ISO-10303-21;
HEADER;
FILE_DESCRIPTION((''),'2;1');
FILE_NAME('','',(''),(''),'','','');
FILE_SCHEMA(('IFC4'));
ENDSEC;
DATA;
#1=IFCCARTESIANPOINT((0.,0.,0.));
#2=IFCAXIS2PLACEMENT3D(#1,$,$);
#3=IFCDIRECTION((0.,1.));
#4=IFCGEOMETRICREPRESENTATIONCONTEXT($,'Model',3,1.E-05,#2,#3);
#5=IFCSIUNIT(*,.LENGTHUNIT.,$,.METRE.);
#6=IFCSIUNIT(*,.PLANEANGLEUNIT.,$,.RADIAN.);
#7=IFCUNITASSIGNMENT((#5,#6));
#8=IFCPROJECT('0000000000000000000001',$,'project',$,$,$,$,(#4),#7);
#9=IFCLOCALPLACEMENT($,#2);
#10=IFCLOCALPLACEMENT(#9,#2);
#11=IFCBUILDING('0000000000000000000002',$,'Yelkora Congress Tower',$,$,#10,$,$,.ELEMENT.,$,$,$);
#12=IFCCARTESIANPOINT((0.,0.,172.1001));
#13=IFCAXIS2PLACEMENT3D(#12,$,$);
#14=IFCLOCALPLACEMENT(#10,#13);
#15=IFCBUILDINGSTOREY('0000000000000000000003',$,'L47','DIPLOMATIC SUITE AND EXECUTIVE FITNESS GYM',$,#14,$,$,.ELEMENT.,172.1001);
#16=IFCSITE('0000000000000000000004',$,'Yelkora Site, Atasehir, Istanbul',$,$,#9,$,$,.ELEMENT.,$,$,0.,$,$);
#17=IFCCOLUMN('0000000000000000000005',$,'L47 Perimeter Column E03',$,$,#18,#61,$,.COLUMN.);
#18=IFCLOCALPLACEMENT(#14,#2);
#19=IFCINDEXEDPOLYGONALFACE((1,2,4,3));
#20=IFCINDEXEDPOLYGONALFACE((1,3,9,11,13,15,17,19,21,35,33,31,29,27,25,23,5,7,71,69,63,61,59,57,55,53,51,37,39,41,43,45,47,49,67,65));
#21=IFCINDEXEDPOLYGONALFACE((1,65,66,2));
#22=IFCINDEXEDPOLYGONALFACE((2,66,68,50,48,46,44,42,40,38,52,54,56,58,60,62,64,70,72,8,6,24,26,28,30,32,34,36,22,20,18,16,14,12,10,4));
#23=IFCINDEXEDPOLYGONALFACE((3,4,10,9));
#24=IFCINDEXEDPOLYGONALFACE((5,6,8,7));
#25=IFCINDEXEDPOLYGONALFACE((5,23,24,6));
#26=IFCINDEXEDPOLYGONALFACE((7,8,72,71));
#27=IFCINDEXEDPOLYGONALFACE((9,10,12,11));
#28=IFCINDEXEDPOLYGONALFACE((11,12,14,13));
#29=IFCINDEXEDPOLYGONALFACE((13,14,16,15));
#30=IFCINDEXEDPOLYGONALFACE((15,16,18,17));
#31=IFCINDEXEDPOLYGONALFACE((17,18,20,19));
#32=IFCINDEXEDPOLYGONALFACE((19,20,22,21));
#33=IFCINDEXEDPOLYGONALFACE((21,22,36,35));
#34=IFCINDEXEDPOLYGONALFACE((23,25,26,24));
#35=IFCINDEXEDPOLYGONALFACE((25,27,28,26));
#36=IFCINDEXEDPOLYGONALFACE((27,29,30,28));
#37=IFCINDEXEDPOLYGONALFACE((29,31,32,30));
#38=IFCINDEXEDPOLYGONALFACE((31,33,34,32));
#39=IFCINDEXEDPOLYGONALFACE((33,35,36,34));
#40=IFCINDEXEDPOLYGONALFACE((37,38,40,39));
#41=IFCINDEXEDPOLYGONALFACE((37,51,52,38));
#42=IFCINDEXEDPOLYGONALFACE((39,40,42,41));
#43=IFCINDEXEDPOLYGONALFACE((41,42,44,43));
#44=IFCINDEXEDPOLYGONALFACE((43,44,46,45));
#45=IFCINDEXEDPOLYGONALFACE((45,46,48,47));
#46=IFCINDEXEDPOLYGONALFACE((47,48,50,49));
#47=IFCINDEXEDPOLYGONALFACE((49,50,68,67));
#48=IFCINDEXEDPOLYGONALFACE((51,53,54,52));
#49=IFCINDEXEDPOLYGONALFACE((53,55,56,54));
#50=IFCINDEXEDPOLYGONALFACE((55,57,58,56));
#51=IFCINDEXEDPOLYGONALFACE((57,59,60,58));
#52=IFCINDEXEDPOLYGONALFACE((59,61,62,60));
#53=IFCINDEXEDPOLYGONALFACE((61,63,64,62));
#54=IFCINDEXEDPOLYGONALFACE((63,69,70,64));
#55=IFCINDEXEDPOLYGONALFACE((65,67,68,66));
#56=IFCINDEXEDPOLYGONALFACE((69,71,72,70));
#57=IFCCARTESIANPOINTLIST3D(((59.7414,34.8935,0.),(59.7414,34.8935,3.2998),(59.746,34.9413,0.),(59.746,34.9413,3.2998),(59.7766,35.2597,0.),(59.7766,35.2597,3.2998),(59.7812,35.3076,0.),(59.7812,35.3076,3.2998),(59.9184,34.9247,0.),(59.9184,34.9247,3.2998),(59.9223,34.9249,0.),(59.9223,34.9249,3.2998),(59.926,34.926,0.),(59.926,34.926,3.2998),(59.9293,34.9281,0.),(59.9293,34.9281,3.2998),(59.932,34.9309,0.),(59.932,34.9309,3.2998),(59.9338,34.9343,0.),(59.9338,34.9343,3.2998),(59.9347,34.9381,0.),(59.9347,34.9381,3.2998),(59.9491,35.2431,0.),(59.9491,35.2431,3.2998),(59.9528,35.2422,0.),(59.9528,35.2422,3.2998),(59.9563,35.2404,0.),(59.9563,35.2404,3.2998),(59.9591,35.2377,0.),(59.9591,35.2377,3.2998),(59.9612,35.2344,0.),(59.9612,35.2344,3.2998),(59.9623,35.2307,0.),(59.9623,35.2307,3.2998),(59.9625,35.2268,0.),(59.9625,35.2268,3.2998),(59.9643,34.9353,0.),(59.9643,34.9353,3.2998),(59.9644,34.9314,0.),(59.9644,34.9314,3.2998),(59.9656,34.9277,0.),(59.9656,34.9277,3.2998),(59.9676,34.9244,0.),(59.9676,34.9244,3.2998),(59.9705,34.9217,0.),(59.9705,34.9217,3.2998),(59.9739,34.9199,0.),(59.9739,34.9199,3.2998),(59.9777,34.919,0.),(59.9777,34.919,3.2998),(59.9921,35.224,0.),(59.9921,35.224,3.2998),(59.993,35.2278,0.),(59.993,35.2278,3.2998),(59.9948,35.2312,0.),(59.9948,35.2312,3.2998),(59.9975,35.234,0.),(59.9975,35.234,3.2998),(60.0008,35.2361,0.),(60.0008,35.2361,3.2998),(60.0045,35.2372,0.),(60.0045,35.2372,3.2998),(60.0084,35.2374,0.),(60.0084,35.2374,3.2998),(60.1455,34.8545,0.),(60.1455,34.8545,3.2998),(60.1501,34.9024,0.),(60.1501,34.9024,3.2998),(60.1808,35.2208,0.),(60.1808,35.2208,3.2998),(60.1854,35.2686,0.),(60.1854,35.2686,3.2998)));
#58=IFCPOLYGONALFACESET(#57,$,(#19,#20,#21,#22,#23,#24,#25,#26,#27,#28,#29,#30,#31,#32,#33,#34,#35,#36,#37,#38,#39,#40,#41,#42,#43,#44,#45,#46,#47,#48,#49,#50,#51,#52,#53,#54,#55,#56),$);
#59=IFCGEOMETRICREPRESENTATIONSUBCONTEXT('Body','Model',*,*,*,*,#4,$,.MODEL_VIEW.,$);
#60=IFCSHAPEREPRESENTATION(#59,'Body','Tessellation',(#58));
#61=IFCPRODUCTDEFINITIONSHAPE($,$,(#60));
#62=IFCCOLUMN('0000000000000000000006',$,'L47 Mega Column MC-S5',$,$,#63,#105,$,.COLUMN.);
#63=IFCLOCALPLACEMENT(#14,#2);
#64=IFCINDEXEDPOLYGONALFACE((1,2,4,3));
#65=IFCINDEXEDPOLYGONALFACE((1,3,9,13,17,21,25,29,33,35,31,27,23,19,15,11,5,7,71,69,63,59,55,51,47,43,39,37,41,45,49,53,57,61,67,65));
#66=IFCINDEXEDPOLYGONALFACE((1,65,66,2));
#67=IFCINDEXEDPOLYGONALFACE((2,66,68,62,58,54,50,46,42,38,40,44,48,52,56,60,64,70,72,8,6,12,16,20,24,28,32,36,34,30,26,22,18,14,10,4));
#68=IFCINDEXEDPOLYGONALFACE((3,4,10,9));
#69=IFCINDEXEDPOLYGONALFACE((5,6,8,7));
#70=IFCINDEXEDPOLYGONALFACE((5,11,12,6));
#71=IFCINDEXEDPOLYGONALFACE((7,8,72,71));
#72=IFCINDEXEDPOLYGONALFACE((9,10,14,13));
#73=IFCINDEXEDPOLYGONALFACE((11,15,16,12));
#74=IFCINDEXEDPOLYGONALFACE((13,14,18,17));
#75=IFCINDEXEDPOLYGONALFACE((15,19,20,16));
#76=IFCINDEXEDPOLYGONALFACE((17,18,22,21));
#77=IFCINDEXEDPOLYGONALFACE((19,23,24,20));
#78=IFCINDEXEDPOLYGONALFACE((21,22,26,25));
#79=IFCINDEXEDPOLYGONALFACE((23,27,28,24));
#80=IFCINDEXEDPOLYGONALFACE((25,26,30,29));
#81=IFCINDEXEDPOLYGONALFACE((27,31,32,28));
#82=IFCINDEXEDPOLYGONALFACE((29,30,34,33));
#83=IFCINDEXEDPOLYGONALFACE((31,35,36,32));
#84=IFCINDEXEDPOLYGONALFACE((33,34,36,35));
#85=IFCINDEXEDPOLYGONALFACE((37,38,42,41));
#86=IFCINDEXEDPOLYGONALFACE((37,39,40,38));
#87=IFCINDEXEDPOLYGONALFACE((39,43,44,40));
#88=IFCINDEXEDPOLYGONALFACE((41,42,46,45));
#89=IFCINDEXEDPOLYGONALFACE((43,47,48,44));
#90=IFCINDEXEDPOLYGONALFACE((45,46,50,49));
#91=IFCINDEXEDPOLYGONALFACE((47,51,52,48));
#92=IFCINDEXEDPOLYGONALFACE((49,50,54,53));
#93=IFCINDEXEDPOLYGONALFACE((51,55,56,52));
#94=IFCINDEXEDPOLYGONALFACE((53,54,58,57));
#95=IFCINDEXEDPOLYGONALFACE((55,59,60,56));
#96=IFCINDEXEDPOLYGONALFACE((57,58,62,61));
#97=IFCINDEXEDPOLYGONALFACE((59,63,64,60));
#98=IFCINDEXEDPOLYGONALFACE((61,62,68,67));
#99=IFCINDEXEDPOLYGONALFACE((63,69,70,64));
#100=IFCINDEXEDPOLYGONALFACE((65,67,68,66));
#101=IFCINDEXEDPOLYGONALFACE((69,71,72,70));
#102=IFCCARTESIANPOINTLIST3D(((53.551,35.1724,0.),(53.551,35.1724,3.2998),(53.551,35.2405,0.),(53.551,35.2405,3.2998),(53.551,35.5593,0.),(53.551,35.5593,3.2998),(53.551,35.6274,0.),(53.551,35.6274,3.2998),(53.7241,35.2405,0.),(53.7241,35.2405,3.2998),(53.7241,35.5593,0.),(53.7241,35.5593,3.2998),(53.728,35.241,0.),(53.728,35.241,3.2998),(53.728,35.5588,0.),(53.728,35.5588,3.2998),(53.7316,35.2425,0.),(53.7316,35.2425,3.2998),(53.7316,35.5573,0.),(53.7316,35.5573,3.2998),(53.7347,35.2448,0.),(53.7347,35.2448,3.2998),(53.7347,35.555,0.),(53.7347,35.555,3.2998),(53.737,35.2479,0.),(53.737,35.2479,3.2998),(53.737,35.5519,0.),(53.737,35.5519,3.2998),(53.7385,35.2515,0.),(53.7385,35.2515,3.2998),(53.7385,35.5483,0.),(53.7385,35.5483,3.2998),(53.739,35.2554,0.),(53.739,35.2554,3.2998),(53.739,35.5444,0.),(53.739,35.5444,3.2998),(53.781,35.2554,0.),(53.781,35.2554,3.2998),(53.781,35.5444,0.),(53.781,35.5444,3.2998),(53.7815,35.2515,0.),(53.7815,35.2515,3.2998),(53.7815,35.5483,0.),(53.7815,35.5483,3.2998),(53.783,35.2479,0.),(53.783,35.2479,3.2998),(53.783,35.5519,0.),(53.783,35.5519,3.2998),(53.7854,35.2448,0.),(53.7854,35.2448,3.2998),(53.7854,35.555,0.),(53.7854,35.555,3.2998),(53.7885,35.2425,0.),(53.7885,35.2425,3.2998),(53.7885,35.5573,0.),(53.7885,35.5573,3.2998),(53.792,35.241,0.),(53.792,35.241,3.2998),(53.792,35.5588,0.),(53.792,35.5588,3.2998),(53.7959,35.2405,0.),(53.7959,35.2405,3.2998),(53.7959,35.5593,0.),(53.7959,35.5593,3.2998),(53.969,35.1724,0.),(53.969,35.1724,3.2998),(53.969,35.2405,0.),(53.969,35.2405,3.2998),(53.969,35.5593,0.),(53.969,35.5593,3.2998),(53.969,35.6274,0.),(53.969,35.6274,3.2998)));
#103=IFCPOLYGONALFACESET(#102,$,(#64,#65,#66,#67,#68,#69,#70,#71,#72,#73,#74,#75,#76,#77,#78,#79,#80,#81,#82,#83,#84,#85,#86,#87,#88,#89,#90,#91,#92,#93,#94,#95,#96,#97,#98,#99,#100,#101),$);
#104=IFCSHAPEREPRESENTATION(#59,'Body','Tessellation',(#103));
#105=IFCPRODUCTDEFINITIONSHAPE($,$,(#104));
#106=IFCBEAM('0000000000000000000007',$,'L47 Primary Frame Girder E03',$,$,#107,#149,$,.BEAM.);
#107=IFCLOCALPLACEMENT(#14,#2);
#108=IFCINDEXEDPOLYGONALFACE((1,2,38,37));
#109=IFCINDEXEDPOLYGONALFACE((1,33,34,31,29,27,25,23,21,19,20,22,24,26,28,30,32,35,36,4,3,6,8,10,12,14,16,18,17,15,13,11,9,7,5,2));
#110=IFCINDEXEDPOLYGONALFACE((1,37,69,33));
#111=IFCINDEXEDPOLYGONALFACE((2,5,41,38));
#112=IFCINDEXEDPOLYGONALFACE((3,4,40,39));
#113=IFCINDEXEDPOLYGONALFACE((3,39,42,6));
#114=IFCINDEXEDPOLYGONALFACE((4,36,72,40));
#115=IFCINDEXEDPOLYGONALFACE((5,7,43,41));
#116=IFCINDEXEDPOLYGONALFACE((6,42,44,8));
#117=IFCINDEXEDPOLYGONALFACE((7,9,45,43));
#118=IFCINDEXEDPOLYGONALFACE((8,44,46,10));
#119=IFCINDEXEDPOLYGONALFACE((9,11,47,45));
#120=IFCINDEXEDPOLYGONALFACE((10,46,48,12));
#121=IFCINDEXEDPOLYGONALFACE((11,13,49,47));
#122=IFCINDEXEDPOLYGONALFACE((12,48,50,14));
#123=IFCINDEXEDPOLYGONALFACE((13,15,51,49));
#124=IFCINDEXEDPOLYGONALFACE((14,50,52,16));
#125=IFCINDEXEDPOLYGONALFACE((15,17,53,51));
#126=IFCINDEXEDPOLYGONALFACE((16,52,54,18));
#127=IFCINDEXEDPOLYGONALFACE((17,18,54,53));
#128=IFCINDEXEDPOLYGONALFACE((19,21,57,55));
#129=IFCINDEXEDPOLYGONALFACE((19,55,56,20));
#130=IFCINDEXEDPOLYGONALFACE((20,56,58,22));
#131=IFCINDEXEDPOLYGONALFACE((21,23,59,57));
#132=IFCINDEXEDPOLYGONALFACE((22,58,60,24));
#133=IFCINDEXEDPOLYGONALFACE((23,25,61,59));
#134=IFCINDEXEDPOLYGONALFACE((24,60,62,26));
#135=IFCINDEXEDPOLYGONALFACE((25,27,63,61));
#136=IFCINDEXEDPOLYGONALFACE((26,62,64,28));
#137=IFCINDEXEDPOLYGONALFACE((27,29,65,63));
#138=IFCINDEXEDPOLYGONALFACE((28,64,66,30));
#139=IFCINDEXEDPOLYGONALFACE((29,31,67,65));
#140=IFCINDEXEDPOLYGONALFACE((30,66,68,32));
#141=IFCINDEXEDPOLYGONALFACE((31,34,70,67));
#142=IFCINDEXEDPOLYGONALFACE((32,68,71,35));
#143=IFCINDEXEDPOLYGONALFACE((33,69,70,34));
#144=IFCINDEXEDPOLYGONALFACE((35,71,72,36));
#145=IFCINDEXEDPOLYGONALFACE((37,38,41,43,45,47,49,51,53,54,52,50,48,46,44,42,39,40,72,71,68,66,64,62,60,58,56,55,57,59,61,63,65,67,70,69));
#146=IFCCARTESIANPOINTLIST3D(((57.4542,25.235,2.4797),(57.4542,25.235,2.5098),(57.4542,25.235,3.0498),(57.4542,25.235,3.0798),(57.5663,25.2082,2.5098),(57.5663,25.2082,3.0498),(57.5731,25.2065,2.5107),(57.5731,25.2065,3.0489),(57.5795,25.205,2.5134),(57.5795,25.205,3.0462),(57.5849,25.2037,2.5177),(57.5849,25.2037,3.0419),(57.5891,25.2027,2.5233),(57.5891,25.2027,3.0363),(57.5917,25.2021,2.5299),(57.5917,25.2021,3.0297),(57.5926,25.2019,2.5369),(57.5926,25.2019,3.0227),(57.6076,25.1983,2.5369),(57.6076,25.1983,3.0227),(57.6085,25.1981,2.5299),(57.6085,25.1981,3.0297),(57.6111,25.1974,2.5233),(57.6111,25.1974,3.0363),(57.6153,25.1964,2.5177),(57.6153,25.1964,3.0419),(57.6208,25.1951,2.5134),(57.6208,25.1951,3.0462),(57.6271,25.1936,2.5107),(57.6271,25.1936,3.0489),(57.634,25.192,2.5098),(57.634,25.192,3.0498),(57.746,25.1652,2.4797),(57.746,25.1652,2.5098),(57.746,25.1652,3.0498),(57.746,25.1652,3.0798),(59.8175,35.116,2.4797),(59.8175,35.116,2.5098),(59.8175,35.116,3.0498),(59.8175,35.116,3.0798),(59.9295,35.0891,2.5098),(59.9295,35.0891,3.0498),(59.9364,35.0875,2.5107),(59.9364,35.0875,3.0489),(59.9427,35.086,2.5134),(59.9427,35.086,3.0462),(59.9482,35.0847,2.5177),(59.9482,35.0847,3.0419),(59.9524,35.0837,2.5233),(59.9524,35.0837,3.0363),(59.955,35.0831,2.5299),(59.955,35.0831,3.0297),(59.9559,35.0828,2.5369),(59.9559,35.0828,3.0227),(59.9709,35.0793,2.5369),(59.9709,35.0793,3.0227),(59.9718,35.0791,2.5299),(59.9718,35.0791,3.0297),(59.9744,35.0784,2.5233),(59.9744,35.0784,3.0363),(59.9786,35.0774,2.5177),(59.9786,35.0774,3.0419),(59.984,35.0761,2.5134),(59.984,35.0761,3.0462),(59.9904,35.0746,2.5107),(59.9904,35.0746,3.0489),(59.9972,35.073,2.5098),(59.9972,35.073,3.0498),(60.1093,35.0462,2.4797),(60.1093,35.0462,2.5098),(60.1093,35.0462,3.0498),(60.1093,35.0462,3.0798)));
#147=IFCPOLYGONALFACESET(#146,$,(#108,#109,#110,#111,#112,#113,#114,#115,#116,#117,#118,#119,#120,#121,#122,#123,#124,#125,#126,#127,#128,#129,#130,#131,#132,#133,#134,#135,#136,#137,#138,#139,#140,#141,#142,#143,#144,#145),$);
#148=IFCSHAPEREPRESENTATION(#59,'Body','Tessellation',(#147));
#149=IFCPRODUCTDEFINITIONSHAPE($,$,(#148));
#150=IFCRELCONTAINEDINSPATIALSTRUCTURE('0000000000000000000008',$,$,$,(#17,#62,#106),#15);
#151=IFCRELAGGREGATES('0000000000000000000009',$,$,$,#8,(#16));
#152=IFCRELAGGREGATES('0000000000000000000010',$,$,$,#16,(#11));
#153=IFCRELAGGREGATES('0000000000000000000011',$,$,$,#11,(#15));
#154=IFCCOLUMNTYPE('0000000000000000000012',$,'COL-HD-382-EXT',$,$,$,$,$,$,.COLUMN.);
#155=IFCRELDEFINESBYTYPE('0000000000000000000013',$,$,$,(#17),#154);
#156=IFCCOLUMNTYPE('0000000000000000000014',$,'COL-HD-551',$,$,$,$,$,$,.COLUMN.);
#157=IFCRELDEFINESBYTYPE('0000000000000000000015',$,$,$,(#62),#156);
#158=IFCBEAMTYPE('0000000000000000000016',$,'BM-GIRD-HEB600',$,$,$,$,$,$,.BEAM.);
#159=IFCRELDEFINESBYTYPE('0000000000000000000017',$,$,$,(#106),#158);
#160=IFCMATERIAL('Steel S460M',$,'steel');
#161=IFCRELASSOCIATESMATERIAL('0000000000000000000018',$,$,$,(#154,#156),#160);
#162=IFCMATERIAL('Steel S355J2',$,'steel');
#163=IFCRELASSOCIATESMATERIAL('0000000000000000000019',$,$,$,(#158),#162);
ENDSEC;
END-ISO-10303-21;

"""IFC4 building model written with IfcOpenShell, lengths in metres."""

from ifc_helpers import new_model, si_unit, direction, frame, origin, origin_2d, place, context, subcontext, project, spatial, i_section, extrude, material, material_profile, profile_set, type_object, element, save


model = new_model("IFC4")

# Units and contexts
model_context = context("Model", 3, precision=1e-05, world=origin(), true_north=direction((0.0, 1.0)))
body_context = subcontext(model_context, "Body", "Model", "MODEL_VIEW")
ifc_project = project(units=[si_unit("LENGTHUNIT", "METRE"), si_unit("PLANEANGLEUNIT", "RADIAN")], contexts=[model_context])

# Site, building, storey
site_placement = place(None, origin())
site = spatial("IfcSite", under=ifc_project, at=site_placement, Name="Yelkora Site, Atasehir, Istanbul", CompositionType="ELEMENT", RefElevation=0.0)
building_placement = place(site_placement, origin())
building = spatial("IfcBuilding", under=site, at=building_placement, Name="Yelkora Congress Tower", CompositionType="ELEMENT")
storey_placement = place(building_placement, frame((0.0, 0.0, 172.1001)))
storey = spatial("IfcBuildingStorey", under=building, at=storey_placement, Name="L47", Description="DIPLOMATIC SUITE AND EXECUTIVE FITNESS GYM", CompositionType="ELEMENT", Elevation=172.1001)

# Columns
ifc_material_1 = material(Name="Steel S460M", Category="steel")
ifc_material_profile_1 = material_profile(ifc_material_1, i_section(OverallWidth=0.406, OverallDepth=0.416, WebThickness=0.0298, FlangeThickness=0.0481, FilletRadius=0.0149, at=origin_2d()), Name="HD 400x382")
ifc_profile_set_1 = profile_set([ifc_material_profile_1], Name="Steel S460M")
column_type_1 = type_object("IfcColumnType", Name="COL-HD-382-EXT", PredefinedType="COLUMN", material=ifc_profile_set_1)
column_1_placement = place(storey_placement, frame((59.9634, 35.0811, 0.0), z_axis=(0.0, 0.0, 1.0), x_axis=(0.995396, -0.095846, 0.0)))
element("IfcColumn", 1, at=column_1_placement, inside=storey, type_object=column_type_1, Name="L47 Perimeter Column E03", PredefinedType="COLUMN", context=body_context, shape_type="SweptSolid", body=[
    extrude(i_section(OverallWidth=0.406, OverallDepth=0.416, WebThickness=0.0298, FlangeThickness=0.0481, FilletRadius=0.0149, at=origin_2d()), origin(), (0.0, 0.0, 1.0), 3.2998),
])
ifc_material_profile_2 = material_profile(ifc_material_1, i_section(OverallWidth=0.418, OverallDepth=0.4551, WebThickness=0.042, FlangeThickness=0.0681, FilletRadius=0.0149, at=origin_2d()), Name="HD 400x551")
ifc_profile_set_2 = profile_set([ifc_material_profile_2], Name="Steel S460M")
column_type_2 = type_object("IfcColumnType", Name="COL-HD-551", PredefinedType="COLUMN", material=ifc_profile_set_2)
column_2_placement = place(storey_placement, frame((53.76, 35.3999, 0.0), z_axis=(0.0, 0.0, 1.0), x_axis=(1.0, 0.0, 0.0)))
element("IfcColumn", 2, at=column_2_placement, inside=storey, type_object=column_type_2, Name="L47 Mega Column MC-S5", PredefinedType="COLUMN", context=body_context, shape_type="SweptSolid", body=[
    extrude(i_section(OverallWidth=0.418, OverallDepth=0.4551, WebThickness=0.042, FlangeThickness=0.0681, FilletRadius=0.0149, at=origin_2d()), origin(), (0.0, 0.0, 1.0), 3.2998),
])

# Beam
ifc_material_2 = material(Name="Steel S355J2", Category="steel")
ifc_material_profile_3 = material_profile(ifc_material_2, i_section(OverallWidth=0.3, OverallDepth=0.6001, WebThickness=0.0154, FlangeThickness=0.03, FilletRadius=0.0271, at=origin_2d()), Name="HEB 600")
ifc_profile_set_3 = profile_set([ifc_material_profile_3], Name="Steel S355J2")
beam_type_1 = type_object("IfcBeamType", Name="BM-GIRD-HEB600", PredefinedType="BEAM", material=ifc_profile_set_3)
beam_1_placement = place(storey_placement, frame((59.9634, 35.0811, 2.7798), z_axis=(-0.232611, -0.97257, 0.0), x_axis=(0.97257, -0.232611, 0.0)))
element("IfcBeam", 3, at=beam_1_placement, inside=storey, type_object=beam_type_1, Name="L47 Primary Frame Girder E03", PredefinedType="BEAM", context=body_context, shape_type="SweptSolid", body=[
    extrude(i_section(OverallWidth=0.3, OverallDepth=0.6001, WebThickness=0.0154, FlangeThickness=0.03, FilletRadius=0.0271, at=origin_2d()), origin(), (0.0, 0.0, 1.0), 10.1597),
])

save(model, "model.ifc")
